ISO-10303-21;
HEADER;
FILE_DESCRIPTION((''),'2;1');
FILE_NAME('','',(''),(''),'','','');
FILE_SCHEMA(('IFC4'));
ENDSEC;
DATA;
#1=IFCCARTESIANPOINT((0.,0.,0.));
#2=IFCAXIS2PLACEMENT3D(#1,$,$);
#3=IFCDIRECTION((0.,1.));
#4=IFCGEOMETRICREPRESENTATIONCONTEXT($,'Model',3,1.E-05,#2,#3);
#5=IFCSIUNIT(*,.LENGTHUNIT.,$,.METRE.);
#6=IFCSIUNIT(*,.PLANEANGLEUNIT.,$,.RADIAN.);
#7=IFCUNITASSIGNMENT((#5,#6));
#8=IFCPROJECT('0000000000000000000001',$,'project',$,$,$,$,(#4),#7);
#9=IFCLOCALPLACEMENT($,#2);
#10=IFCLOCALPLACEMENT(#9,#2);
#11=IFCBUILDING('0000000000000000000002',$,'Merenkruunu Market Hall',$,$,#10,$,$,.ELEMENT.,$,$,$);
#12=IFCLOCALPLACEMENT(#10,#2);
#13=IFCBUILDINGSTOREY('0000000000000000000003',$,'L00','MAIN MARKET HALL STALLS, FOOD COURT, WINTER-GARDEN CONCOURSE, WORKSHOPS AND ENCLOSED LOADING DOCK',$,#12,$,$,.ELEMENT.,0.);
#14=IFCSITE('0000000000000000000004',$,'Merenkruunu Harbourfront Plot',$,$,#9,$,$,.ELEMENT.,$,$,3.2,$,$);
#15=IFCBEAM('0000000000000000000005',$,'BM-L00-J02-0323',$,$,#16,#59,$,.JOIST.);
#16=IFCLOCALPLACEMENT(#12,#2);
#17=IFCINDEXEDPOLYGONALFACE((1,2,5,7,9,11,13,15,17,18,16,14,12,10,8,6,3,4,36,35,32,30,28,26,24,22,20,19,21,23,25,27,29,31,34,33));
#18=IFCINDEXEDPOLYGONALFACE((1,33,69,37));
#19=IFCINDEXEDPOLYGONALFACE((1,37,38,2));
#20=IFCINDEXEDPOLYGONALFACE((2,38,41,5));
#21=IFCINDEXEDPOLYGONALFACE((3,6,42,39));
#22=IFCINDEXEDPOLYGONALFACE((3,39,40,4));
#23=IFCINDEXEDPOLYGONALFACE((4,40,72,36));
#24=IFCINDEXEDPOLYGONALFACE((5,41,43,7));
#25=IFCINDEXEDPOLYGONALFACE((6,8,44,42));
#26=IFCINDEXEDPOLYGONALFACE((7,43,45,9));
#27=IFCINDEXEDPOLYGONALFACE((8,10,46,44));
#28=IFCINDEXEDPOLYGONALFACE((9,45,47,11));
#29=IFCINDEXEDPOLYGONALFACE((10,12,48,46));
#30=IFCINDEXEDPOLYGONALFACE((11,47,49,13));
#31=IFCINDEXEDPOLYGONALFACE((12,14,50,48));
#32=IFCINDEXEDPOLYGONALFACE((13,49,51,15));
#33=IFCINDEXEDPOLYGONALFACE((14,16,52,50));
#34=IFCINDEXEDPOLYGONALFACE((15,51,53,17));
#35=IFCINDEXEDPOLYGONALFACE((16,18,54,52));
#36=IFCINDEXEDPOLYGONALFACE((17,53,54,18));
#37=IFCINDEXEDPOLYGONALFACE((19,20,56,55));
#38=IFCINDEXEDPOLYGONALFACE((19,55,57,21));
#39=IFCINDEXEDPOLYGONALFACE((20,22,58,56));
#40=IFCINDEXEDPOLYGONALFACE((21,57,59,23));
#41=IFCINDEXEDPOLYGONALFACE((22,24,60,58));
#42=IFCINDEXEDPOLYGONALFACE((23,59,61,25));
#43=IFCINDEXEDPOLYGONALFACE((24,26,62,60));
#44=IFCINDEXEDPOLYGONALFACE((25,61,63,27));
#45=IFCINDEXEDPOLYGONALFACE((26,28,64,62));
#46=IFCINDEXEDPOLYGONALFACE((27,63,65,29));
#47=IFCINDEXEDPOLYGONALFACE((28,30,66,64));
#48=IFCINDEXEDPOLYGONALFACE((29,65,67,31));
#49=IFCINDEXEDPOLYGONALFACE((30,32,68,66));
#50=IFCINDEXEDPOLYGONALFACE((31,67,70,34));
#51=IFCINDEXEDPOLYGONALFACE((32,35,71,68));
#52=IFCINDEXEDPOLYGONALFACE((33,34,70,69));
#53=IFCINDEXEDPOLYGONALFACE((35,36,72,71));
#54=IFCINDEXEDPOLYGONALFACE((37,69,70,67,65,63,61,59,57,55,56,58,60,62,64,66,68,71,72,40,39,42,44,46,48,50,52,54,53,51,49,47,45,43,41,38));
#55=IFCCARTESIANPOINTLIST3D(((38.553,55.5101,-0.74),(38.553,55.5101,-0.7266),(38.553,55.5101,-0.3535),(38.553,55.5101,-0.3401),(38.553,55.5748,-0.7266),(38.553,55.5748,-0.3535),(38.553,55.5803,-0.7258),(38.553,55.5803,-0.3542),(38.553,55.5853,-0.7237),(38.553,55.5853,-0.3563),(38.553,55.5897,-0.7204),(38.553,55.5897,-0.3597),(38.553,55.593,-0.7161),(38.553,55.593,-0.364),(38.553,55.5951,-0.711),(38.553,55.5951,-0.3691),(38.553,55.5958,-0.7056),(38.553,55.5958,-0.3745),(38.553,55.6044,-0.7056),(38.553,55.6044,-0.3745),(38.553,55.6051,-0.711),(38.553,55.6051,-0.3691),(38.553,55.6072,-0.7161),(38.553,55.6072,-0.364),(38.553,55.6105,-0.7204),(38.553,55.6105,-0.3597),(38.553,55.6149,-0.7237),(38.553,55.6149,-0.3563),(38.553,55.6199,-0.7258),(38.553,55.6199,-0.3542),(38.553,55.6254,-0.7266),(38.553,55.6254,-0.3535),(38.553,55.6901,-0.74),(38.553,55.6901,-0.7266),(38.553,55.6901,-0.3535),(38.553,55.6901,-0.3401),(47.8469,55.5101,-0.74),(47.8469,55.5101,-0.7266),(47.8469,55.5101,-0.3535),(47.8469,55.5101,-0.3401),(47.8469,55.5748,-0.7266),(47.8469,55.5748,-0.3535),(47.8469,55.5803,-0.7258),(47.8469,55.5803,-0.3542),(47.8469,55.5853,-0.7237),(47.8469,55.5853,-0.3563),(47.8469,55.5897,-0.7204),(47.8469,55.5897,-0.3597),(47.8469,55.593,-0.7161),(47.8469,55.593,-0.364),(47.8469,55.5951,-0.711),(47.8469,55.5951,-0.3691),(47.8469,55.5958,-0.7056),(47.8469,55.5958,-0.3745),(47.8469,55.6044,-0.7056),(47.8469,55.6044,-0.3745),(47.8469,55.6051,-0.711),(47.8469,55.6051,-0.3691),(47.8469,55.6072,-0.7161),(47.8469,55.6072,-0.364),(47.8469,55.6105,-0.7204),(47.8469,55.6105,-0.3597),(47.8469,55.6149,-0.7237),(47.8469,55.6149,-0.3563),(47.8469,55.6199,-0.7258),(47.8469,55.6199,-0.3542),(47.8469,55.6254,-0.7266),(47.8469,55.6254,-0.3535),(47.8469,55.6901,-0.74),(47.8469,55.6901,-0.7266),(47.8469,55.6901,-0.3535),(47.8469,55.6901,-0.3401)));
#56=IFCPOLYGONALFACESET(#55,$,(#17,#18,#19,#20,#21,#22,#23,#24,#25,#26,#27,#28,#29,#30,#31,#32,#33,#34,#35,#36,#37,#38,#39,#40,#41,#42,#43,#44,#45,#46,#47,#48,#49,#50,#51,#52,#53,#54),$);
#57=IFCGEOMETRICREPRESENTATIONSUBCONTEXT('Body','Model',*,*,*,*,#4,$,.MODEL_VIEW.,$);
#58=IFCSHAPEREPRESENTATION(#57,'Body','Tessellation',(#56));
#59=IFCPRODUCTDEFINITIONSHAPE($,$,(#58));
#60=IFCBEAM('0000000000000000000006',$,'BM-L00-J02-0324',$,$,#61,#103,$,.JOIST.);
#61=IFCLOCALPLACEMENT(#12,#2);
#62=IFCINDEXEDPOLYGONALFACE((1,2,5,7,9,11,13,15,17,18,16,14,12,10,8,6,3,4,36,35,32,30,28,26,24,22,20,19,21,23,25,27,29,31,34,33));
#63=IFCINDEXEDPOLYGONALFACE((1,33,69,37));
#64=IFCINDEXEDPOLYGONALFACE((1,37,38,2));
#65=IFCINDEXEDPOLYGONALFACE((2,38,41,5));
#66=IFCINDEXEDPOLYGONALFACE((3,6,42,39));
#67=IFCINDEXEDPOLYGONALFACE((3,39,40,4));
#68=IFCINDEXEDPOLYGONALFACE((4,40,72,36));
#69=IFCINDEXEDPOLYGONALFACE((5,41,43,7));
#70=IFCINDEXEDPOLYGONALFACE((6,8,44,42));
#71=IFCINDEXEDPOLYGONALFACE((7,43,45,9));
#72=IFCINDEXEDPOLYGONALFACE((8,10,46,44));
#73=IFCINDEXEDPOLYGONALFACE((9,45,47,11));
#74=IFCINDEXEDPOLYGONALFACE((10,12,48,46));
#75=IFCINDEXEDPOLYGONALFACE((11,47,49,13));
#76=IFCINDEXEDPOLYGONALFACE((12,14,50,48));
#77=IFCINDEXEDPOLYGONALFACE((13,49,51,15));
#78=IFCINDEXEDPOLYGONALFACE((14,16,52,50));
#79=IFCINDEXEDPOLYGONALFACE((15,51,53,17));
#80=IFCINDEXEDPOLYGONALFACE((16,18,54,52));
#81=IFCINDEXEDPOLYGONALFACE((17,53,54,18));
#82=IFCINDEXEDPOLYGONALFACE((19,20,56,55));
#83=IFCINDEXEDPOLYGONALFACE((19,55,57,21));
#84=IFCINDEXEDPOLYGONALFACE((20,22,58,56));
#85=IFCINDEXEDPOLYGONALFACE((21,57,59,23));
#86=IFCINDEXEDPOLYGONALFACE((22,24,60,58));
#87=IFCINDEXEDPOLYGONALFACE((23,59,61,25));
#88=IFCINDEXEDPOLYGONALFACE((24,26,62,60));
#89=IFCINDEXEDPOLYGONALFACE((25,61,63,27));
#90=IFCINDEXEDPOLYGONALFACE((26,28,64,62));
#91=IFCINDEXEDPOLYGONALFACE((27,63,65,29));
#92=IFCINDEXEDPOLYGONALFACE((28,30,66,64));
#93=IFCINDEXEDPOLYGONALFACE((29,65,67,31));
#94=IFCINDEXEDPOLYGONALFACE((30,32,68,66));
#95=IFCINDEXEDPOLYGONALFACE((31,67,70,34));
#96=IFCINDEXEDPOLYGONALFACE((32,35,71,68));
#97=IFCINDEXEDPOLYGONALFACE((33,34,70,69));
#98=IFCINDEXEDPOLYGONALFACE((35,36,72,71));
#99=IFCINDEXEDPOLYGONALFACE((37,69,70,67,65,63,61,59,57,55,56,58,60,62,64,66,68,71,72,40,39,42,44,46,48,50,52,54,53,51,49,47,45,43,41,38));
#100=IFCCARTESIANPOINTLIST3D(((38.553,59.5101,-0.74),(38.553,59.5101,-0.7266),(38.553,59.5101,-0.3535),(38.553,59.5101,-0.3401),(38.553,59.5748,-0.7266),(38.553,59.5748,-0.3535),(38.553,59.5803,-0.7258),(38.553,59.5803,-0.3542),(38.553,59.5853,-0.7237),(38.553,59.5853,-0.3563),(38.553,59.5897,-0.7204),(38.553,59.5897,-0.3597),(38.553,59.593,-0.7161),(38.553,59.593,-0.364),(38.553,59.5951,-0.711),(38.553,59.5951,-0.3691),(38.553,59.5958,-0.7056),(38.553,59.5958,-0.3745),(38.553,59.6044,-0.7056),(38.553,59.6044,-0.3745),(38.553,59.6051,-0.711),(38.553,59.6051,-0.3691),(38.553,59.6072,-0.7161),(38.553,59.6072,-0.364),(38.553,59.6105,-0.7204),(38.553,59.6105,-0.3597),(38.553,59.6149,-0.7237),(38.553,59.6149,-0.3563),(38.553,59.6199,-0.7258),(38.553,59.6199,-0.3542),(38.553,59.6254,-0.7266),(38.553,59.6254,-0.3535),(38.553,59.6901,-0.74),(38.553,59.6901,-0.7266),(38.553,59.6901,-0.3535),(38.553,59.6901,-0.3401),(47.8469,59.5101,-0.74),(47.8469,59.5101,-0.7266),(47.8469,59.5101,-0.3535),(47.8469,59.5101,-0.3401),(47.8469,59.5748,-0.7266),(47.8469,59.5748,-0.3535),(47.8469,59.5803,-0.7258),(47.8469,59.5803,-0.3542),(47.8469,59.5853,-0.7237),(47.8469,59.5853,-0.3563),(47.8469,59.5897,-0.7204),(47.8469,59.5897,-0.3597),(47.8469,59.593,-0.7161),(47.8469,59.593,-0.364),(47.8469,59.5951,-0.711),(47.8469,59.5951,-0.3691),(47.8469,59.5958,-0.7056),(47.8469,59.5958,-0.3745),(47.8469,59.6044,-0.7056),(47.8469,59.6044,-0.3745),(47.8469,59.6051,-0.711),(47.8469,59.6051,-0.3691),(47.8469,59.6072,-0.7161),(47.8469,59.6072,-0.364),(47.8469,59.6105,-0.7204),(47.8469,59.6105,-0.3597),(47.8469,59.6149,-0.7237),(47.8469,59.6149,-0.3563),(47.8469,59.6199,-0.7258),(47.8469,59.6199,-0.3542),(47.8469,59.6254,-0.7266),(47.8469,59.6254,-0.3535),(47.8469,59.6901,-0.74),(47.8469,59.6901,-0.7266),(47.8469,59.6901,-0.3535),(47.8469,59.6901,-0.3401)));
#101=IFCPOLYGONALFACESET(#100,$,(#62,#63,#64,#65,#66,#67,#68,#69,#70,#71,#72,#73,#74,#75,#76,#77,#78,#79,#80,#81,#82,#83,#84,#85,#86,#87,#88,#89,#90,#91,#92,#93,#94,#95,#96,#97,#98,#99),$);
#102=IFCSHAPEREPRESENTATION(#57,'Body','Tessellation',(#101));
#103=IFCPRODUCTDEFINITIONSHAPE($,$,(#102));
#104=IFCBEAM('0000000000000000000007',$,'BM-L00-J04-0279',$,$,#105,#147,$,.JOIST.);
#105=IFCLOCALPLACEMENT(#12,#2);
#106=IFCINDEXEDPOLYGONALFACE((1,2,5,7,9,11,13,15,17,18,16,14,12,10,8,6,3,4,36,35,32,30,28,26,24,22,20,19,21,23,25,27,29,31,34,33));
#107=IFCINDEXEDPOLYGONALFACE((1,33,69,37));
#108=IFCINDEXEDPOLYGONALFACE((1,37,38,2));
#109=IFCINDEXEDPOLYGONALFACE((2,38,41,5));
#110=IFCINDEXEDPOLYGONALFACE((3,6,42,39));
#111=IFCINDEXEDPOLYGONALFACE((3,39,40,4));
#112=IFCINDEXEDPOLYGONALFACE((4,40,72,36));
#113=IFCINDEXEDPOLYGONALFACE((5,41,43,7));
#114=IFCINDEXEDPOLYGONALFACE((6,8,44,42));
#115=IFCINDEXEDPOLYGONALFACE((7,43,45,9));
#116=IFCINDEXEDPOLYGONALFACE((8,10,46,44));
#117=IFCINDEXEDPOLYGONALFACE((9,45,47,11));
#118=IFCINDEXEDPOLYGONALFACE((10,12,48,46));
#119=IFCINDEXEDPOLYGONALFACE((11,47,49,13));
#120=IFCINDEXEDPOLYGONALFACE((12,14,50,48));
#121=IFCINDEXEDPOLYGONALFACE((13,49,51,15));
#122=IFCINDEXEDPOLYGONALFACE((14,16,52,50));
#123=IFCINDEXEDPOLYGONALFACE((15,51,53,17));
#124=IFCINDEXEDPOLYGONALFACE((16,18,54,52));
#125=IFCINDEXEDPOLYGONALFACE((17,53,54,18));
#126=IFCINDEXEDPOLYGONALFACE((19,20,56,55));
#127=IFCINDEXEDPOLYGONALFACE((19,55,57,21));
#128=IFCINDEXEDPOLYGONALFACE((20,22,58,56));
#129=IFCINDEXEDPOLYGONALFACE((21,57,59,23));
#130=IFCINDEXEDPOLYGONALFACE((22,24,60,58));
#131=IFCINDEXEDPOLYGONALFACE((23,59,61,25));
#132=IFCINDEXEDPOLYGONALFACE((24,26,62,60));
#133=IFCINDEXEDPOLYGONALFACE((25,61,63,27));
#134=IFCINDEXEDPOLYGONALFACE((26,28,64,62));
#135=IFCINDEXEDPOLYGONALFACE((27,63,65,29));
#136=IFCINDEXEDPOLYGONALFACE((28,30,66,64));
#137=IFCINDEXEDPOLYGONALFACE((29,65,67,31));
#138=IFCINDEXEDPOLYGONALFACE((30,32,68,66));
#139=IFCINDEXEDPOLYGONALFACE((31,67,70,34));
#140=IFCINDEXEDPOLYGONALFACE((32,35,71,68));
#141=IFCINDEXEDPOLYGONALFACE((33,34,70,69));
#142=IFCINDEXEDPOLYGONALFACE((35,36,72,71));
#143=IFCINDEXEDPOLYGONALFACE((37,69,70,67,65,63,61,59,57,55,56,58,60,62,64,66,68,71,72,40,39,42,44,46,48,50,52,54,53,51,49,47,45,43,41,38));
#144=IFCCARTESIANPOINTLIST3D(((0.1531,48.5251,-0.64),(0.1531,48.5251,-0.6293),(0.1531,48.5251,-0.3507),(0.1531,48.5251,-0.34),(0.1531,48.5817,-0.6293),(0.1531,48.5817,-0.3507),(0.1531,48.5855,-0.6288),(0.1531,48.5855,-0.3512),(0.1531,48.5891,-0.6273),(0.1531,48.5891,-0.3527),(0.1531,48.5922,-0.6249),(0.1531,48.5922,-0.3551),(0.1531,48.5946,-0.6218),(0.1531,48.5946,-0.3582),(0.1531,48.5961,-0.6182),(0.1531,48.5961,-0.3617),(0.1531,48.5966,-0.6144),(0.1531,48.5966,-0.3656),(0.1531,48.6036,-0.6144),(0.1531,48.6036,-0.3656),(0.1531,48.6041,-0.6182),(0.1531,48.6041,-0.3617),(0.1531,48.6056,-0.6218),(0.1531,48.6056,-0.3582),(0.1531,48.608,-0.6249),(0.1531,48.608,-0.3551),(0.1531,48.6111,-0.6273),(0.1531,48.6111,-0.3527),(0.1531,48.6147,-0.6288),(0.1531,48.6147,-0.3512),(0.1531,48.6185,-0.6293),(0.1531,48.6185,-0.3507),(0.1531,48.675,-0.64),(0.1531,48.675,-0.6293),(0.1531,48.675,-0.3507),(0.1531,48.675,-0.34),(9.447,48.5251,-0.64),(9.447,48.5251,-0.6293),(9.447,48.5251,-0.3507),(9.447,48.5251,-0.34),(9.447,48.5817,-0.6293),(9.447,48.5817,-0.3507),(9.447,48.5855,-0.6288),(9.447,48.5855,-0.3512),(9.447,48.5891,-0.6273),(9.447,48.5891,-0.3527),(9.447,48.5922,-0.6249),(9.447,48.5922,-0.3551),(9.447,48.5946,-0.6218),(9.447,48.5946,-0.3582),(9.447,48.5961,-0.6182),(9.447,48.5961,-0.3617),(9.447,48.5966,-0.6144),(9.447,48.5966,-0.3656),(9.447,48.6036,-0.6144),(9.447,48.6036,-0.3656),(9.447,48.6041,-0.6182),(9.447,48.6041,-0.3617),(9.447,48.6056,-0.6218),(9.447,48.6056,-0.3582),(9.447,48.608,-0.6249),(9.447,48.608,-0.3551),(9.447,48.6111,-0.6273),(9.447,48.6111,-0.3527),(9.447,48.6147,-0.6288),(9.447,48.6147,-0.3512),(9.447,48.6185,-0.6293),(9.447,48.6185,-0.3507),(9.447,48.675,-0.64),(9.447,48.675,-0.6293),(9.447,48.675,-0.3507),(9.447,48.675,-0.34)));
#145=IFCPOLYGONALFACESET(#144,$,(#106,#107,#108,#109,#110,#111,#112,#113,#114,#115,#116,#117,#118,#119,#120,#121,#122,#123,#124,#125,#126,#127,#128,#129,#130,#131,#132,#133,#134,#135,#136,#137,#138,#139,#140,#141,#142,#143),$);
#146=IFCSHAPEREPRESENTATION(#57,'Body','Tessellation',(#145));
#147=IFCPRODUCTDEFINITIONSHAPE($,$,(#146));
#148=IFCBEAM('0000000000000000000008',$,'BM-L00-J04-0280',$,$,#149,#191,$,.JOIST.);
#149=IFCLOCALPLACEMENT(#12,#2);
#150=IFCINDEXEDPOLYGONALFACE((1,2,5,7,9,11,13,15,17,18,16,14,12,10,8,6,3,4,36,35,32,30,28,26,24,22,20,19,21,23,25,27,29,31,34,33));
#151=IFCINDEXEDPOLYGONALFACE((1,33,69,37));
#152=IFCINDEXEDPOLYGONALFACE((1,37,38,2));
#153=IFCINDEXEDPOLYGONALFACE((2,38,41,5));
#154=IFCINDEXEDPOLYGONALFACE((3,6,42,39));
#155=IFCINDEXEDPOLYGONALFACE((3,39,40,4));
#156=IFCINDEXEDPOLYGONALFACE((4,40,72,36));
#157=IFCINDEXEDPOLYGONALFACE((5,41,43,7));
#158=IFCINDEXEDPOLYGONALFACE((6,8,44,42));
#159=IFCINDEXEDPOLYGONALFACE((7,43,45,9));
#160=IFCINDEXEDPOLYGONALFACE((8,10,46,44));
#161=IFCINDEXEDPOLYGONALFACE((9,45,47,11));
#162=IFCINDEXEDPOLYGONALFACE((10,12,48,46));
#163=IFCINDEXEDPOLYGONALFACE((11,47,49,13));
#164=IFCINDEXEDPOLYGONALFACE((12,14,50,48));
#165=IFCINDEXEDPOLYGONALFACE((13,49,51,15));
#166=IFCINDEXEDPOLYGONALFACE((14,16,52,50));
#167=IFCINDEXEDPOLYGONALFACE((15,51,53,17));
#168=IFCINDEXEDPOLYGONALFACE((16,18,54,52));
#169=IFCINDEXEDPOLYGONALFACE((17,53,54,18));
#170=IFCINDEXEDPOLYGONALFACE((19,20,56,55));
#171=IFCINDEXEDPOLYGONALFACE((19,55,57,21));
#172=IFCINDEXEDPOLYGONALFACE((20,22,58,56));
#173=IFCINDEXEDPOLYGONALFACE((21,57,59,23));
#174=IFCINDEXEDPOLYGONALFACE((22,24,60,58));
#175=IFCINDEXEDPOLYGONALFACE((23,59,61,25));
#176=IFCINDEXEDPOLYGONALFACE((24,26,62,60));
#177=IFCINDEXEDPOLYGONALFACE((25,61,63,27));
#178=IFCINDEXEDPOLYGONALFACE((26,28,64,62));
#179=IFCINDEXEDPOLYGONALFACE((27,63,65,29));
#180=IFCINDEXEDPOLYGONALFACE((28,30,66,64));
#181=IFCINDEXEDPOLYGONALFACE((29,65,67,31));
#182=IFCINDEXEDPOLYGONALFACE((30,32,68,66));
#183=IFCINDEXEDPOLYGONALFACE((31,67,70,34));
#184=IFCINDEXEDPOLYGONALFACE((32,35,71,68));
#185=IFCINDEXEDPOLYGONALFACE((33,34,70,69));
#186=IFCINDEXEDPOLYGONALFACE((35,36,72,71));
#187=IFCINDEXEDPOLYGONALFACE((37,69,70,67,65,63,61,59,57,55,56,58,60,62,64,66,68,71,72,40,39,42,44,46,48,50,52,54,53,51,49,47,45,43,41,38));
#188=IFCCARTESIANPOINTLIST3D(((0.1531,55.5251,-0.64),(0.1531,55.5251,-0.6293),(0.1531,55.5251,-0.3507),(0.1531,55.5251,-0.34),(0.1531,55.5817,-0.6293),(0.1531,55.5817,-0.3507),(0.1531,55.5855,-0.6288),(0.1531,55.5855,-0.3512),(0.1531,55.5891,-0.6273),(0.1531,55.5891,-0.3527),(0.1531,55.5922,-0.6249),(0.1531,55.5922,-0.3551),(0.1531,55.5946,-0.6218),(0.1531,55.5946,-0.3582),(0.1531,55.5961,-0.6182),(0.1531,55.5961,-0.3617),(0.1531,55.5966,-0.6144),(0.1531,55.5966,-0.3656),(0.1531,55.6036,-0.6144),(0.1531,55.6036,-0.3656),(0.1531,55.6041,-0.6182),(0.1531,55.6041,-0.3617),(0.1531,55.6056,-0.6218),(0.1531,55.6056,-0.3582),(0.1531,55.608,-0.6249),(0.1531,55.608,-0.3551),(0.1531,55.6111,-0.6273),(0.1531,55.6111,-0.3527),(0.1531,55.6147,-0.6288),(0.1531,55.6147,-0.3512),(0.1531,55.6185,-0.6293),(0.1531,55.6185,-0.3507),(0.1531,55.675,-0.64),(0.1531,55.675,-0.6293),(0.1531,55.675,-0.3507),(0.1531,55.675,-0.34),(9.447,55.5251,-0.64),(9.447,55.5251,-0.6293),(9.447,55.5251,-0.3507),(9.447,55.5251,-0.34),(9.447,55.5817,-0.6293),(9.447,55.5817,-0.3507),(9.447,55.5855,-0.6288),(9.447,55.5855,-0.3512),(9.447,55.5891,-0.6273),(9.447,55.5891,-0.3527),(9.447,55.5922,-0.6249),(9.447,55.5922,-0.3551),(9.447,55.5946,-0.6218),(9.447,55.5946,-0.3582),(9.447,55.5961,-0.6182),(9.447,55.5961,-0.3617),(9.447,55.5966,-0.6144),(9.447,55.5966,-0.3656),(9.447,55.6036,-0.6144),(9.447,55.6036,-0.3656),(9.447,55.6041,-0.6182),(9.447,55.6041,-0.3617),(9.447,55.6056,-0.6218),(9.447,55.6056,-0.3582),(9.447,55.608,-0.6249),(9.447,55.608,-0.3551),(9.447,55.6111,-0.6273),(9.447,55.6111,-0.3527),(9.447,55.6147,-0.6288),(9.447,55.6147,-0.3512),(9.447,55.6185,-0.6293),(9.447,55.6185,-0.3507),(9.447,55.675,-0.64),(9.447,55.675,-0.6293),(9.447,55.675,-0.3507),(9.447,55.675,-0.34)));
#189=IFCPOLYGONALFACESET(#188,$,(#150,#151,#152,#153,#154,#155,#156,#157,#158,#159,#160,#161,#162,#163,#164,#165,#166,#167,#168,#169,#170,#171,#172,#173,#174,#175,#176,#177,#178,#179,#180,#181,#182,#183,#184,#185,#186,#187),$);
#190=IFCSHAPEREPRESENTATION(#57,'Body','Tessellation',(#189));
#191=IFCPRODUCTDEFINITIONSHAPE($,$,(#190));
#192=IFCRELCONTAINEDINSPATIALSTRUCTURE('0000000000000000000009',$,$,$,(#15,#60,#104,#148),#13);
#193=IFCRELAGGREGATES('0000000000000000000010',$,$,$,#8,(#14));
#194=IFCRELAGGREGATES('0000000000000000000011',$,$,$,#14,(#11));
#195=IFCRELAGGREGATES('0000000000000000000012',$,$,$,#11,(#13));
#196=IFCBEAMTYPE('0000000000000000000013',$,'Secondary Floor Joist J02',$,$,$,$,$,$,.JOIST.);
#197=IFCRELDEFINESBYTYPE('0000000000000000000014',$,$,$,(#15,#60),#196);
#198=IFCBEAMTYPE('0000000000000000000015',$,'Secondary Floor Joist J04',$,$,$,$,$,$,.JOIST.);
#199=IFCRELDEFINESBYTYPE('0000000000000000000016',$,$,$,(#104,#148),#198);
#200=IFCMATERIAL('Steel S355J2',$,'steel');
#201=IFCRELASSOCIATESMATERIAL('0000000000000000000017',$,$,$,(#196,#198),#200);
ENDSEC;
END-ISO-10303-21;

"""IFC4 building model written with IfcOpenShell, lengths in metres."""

from ifc_helpers import new_model, si_unit, direction, frame, origin, origin_2d, place, context, subcontext, project, spatial, i_section, extrude, material, material_profile, profile_set, type_object, element, save


model = new_model("IFC4")

# Units and contexts
model_context = context("Model", 3, precision=1e-05, world=origin(), true_north=direction((0.0, 1.0)))
body_context = subcontext(model_context, "Body", "Model", "MODEL_VIEW")
ifc_project = project(units=[si_unit("LENGTHUNIT", "METRE"), si_unit("PLANEANGLEUNIT", "RADIAN")], contexts=[model_context])

# Site, building, storey
site_placement = place(None, origin())
site = spatial("IfcSite", under=ifc_project, at=site_placement, Name="Merenkruunu Harbourfront Plot", CompositionType="ELEMENT", RefElevation=3.2)
building_placement = place(site_placement, origin())
building = spatial("IfcBuilding", under=site, at=building_placement, Name="Merenkruunu Market Hall", CompositionType="ELEMENT")
storey_placement = place(building_placement, origin())
storey = spatial("IfcBuildingStorey", under=building, at=storey_placement, Name="L00", Description="MAIN MARKET HALL STALLS, FOOD COURT, WINTER-GARDEN CONCOURSE, WORKSHOPS AND ENCLOSED LOADING DOCK", CompositionType="ELEMENT", Elevation=0.0)

# Shared definitions
ifc_material_1 = material(Name="Steel S355J2", Category="steel")

# Beams
ifc_material_profile_1 = material_profile(ifc_material_1, i_section(OverallWidth=0.1799, OverallDepth=0.3999, WebThickness=0.0085, FlangeThickness=0.0134, FilletRadius=0.021, at=origin_2d()), Name="IPE 400")
ifc_profile_set_1 = profile_set([ifc_material_profile_1], Name="Steel S355J2")
beam_type_1 = type_object("IfcBeamType", Name="Secondary Floor Joist J02", PredefinedType="JOIST", material=ifc_profile_set_1)
for number, where, z_axis, x_axis, name in (
    (1, (38.553, 55.6001, -0.54), (1.0, 0.0, 0.0), (0.0, 1.0, 0.0), "BM-L00-J02-0323"),
    (2, (38.553, 59.6001, -0.54), (1.0, 0.0, 0.0), (0.0, 1.0, 0.0), "BM-L00-J02-0324"),
):
    element("IfcBeam", number, at=place(storey_placement, frame(where, z_axis=z_axis, x_axis=x_axis)), inside=storey, type_object=beam_type_1, Name=name, PredefinedType="JOIST", context=body_context, shape_type="SweptSolid", body=[
        extrude(i_section(OverallWidth=0.1799, OverallDepth=0.3999, WebThickness=0.0085, FlangeThickness=0.0134, FilletRadius=0.021, at=origin_2d()), origin(), (0.0, 0.0, 1.0), 9.2939),
    ])
ifc_material_profile_2 = material_profile(ifc_material_1, i_section(OverallWidth=0.1499, OverallDepth=0.3, WebThickness=0.0071, FlangeThickness=0.0107, FilletRadius=0.0149, at=origin_2d()), Name="IPE 300")
ifc_profile_set_2 = profile_set([ifc_material_profile_2], Name="Steel S355J2")
beam_type_2 = type_object("IfcBeamType", Name="Secondary Floor Joist J04", PredefinedType="JOIST", material=ifc_profile_set_2)
for number, where, z_axis, x_axis, name in (
    (3, (0.1531, 48.6001, -0.49), (1.0, 0.0, 0.0), (0.0, 1.0, 0.0), "BM-L00-J04-0279"),
    (4, (0.1531, 55.6001, -0.49), (1.0, 0.0, 0.0), (0.0, 1.0, 0.0), "BM-L00-J04-0280"),
):
    element("IfcBeam", number, at=place(storey_placement, frame(where, z_axis=z_axis, x_axis=x_axis)), inside=storey, type_object=beam_type_2, Name=name, PredefinedType="JOIST", context=body_context, shape_type="SweptSolid", body=[
        extrude(i_section(OverallWidth=0.1499, OverallDepth=0.3, WebThickness=0.0071, FlangeThickness=0.0107, FilletRadius=0.0149, at=origin_2d()), origin(), (0.0, 0.0, 1.0), 9.2939),
    ])

save(model, "model.ifc")
